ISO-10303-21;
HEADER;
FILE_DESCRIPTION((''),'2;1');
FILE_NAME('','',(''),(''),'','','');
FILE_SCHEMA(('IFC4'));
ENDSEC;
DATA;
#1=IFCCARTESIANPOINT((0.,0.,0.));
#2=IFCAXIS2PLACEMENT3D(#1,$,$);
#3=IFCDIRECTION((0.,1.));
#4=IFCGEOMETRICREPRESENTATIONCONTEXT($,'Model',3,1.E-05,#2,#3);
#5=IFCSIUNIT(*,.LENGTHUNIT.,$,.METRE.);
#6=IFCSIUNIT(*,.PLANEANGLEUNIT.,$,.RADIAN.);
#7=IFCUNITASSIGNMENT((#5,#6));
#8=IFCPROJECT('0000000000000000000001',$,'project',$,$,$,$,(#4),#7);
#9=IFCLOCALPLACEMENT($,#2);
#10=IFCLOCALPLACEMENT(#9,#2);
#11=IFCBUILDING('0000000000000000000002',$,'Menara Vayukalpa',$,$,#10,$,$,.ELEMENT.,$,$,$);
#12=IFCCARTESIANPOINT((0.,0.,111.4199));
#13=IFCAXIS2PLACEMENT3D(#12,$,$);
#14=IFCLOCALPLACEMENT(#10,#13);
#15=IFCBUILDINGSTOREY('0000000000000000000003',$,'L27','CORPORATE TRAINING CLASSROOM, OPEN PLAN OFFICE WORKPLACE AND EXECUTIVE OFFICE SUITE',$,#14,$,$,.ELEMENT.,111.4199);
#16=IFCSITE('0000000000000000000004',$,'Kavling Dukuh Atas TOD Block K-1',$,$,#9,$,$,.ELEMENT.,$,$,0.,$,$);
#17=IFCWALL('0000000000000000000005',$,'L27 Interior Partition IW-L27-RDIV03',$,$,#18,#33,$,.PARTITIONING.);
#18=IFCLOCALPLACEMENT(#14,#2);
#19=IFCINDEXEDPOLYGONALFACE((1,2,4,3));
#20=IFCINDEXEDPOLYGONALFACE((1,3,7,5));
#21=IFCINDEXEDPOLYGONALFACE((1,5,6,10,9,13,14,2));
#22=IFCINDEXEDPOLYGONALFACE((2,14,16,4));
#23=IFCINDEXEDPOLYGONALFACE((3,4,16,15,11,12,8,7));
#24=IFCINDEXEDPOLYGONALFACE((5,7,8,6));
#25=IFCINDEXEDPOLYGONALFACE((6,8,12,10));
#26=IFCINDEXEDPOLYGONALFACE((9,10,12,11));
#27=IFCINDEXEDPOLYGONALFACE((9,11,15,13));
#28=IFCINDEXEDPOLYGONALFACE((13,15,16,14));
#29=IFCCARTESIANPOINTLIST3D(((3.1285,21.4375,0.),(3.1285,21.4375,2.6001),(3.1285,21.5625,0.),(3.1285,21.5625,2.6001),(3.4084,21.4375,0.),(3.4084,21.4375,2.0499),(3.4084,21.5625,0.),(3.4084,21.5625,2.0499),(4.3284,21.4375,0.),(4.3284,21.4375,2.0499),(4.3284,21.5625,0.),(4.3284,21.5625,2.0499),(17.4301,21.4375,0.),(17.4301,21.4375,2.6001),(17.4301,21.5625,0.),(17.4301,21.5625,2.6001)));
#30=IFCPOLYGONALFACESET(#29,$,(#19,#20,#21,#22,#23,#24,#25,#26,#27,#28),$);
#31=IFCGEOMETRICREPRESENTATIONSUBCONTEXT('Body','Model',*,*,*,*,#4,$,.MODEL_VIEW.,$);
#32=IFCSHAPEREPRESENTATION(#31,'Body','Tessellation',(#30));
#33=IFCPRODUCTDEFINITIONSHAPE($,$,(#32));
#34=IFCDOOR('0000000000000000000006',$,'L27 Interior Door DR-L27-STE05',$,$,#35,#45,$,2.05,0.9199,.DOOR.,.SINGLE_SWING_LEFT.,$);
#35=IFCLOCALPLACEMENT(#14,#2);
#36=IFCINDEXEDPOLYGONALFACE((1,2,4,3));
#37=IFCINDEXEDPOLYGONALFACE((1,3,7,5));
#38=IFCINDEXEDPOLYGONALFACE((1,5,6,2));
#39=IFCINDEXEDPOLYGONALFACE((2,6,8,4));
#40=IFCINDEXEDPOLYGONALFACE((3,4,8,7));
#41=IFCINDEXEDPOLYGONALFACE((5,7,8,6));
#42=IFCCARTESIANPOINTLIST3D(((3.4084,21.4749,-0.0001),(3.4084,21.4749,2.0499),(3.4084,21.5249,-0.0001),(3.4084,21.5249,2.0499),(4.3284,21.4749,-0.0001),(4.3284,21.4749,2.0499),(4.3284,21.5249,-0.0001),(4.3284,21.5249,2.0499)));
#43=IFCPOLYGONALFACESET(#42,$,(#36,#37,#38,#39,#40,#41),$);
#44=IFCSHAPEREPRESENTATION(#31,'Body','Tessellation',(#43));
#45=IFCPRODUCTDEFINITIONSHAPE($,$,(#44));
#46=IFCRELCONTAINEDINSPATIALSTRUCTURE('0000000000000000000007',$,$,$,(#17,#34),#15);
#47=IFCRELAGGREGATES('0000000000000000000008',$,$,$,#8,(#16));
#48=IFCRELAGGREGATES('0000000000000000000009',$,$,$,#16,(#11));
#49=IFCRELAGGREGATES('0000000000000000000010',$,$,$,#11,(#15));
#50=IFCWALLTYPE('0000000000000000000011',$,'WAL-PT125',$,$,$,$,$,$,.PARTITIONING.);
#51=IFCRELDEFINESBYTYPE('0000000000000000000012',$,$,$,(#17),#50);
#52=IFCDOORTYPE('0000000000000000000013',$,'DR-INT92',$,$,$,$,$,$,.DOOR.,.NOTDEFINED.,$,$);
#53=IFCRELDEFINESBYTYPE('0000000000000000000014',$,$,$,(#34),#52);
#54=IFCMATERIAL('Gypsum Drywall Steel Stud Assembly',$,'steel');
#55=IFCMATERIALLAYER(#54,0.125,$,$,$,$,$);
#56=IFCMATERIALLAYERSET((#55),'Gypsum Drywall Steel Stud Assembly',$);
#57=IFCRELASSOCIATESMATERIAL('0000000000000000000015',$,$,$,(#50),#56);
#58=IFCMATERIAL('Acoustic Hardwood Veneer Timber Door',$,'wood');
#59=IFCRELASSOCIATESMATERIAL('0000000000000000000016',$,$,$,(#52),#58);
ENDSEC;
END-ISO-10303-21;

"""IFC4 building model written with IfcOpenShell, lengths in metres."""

from ifc_helpers import new_model, si_unit, direction, frame, frame_2d, origin, place, context, subcontext, project, spatial, rectangle, extrude, material, layer, layer_set, type_object, element, fill, save


model = new_model("IFC4")

# Units and contexts
model_context = context("Model", 3, precision=1e-05, world=origin(), true_north=direction((0.0, 1.0)))
body_context = subcontext(model_context, "Body", "Model", "MODEL_VIEW")
ifc_project = project(units=[si_unit("LENGTHUNIT", "METRE"), si_unit("PLANEANGLEUNIT", "RADIAN")], contexts=[model_context])

# Site, building, storey
site_placement = place(None, origin())
site = spatial("IfcSite", under=ifc_project, at=site_placement, Name="Kavling Dukuh Atas TOD Block K-1", CompositionType="ELEMENT", RefElevation=0.0)
building_placement = place(site_placement, origin())
building = spatial("IfcBuilding", under=site, at=building_placement, Name="Menara Vayukalpa", CompositionType="ELEMENT")
storey_placement = place(building_placement, frame((0.0, 0.0, 111.4199)))
storey = spatial("IfcBuildingStorey", under=building, at=storey_placement, Name="L27", Description="CORPORATE TRAINING CLASSROOM, OPEN PLAN OFFICE WORKPLACE AND EXECUTIVE OFFICE SUITE", CompositionType="ELEMENT", Elevation=111.4199)

# Wall, opening, door
ifc_material_1 = material(Name="Gypsum Drywall Steel Stud Assembly", Category="steel")
ifc_layer_1 = layer(ifc_material_1, 0.125)
ifc_layer_set_1 = layer_set([ifc_layer_1], Name="Gypsum Drywall Steel Stud Assembly")
wall_type_1 = type_object("IfcWallType", Name="WAL-PT125", PredefinedType="PARTITIONING", material=ifc_layer_set_1)
wall_1_placement = place(storey_placement, frame((3.1284, 21.5, 0.0), z_axis=(0.0, 0.0, 1.0), x_axis=(1.0, 0.0, 0.0)))
wall_1 = element("IfcWall", 1, at=wall_1_placement, inside=storey, type_object=wall_type_1, Name="L27 Interior Partition IW-L27-RDIV03", PredefinedType="PARTITIONING", context=body_context, shape_type="SweptSolid", body=[
    extrude(rectangle(XDim=14.3015, YDim=0.125, at=frame_2d((7.1509, 0.0))), origin(), (0.0, 0.0, 1.0), 2.6001),
])
opening_placement = place(wall_1_placement, frame((0.28, 0.0, 0.0)))
opening = element("IfcOpeningElement", 2, at=opening_placement, cuts=wall_1, PredefinedType="OPENING", context=body_context, shape_type="SweptSolid", body=[
    extrude(rectangle(XDim=0.9199, YDim=2.05, at=frame_2d((0.46, 1.0249))), frame((0.0, 0.0725, 0.0), z_axis=(0.0, -1.0, 0.0), x_axis=(1.0, 0.0, 0.0)), (0.0, 0.0, 1.0), 0.145),
])
ifc_material_2 = material(Name="Acoustic Hardwood Veneer Timber Door", Category="wood")
door_type = type_object("IfcDoorType", Name="DR-INT92", OperationType="NOTDEFINED", PredefinedType="DOOR", material=ifc_material_2)
door_placement = place(opening_placement, origin())
door = element("IfcDoor", 3, at=door_placement, inside=storey, type_object=door_type, Name="L27 Interior Door DR-L27-STE05", OperationType="SINGLE_SWING_LEFT", OverallHeight=2.05, OverallWidth=0.9199, PredefinedType="DOOR", context=body_context, shape_type="SweptSolid", body=[
    extrude(rectangle(XDim=0.9199, YDim=2.05, at=frame_2d((0.46, 1.0249))), frame((0.0, 0.0249, 0.0), z_axis=(0.0, -1.0, 0.0), x_axis=(1.0, 0.0, 0.0)), (0.0, 0.0, 1.0), 0.05),
])
fill(opening, door)

save(model, "model.ifc")
